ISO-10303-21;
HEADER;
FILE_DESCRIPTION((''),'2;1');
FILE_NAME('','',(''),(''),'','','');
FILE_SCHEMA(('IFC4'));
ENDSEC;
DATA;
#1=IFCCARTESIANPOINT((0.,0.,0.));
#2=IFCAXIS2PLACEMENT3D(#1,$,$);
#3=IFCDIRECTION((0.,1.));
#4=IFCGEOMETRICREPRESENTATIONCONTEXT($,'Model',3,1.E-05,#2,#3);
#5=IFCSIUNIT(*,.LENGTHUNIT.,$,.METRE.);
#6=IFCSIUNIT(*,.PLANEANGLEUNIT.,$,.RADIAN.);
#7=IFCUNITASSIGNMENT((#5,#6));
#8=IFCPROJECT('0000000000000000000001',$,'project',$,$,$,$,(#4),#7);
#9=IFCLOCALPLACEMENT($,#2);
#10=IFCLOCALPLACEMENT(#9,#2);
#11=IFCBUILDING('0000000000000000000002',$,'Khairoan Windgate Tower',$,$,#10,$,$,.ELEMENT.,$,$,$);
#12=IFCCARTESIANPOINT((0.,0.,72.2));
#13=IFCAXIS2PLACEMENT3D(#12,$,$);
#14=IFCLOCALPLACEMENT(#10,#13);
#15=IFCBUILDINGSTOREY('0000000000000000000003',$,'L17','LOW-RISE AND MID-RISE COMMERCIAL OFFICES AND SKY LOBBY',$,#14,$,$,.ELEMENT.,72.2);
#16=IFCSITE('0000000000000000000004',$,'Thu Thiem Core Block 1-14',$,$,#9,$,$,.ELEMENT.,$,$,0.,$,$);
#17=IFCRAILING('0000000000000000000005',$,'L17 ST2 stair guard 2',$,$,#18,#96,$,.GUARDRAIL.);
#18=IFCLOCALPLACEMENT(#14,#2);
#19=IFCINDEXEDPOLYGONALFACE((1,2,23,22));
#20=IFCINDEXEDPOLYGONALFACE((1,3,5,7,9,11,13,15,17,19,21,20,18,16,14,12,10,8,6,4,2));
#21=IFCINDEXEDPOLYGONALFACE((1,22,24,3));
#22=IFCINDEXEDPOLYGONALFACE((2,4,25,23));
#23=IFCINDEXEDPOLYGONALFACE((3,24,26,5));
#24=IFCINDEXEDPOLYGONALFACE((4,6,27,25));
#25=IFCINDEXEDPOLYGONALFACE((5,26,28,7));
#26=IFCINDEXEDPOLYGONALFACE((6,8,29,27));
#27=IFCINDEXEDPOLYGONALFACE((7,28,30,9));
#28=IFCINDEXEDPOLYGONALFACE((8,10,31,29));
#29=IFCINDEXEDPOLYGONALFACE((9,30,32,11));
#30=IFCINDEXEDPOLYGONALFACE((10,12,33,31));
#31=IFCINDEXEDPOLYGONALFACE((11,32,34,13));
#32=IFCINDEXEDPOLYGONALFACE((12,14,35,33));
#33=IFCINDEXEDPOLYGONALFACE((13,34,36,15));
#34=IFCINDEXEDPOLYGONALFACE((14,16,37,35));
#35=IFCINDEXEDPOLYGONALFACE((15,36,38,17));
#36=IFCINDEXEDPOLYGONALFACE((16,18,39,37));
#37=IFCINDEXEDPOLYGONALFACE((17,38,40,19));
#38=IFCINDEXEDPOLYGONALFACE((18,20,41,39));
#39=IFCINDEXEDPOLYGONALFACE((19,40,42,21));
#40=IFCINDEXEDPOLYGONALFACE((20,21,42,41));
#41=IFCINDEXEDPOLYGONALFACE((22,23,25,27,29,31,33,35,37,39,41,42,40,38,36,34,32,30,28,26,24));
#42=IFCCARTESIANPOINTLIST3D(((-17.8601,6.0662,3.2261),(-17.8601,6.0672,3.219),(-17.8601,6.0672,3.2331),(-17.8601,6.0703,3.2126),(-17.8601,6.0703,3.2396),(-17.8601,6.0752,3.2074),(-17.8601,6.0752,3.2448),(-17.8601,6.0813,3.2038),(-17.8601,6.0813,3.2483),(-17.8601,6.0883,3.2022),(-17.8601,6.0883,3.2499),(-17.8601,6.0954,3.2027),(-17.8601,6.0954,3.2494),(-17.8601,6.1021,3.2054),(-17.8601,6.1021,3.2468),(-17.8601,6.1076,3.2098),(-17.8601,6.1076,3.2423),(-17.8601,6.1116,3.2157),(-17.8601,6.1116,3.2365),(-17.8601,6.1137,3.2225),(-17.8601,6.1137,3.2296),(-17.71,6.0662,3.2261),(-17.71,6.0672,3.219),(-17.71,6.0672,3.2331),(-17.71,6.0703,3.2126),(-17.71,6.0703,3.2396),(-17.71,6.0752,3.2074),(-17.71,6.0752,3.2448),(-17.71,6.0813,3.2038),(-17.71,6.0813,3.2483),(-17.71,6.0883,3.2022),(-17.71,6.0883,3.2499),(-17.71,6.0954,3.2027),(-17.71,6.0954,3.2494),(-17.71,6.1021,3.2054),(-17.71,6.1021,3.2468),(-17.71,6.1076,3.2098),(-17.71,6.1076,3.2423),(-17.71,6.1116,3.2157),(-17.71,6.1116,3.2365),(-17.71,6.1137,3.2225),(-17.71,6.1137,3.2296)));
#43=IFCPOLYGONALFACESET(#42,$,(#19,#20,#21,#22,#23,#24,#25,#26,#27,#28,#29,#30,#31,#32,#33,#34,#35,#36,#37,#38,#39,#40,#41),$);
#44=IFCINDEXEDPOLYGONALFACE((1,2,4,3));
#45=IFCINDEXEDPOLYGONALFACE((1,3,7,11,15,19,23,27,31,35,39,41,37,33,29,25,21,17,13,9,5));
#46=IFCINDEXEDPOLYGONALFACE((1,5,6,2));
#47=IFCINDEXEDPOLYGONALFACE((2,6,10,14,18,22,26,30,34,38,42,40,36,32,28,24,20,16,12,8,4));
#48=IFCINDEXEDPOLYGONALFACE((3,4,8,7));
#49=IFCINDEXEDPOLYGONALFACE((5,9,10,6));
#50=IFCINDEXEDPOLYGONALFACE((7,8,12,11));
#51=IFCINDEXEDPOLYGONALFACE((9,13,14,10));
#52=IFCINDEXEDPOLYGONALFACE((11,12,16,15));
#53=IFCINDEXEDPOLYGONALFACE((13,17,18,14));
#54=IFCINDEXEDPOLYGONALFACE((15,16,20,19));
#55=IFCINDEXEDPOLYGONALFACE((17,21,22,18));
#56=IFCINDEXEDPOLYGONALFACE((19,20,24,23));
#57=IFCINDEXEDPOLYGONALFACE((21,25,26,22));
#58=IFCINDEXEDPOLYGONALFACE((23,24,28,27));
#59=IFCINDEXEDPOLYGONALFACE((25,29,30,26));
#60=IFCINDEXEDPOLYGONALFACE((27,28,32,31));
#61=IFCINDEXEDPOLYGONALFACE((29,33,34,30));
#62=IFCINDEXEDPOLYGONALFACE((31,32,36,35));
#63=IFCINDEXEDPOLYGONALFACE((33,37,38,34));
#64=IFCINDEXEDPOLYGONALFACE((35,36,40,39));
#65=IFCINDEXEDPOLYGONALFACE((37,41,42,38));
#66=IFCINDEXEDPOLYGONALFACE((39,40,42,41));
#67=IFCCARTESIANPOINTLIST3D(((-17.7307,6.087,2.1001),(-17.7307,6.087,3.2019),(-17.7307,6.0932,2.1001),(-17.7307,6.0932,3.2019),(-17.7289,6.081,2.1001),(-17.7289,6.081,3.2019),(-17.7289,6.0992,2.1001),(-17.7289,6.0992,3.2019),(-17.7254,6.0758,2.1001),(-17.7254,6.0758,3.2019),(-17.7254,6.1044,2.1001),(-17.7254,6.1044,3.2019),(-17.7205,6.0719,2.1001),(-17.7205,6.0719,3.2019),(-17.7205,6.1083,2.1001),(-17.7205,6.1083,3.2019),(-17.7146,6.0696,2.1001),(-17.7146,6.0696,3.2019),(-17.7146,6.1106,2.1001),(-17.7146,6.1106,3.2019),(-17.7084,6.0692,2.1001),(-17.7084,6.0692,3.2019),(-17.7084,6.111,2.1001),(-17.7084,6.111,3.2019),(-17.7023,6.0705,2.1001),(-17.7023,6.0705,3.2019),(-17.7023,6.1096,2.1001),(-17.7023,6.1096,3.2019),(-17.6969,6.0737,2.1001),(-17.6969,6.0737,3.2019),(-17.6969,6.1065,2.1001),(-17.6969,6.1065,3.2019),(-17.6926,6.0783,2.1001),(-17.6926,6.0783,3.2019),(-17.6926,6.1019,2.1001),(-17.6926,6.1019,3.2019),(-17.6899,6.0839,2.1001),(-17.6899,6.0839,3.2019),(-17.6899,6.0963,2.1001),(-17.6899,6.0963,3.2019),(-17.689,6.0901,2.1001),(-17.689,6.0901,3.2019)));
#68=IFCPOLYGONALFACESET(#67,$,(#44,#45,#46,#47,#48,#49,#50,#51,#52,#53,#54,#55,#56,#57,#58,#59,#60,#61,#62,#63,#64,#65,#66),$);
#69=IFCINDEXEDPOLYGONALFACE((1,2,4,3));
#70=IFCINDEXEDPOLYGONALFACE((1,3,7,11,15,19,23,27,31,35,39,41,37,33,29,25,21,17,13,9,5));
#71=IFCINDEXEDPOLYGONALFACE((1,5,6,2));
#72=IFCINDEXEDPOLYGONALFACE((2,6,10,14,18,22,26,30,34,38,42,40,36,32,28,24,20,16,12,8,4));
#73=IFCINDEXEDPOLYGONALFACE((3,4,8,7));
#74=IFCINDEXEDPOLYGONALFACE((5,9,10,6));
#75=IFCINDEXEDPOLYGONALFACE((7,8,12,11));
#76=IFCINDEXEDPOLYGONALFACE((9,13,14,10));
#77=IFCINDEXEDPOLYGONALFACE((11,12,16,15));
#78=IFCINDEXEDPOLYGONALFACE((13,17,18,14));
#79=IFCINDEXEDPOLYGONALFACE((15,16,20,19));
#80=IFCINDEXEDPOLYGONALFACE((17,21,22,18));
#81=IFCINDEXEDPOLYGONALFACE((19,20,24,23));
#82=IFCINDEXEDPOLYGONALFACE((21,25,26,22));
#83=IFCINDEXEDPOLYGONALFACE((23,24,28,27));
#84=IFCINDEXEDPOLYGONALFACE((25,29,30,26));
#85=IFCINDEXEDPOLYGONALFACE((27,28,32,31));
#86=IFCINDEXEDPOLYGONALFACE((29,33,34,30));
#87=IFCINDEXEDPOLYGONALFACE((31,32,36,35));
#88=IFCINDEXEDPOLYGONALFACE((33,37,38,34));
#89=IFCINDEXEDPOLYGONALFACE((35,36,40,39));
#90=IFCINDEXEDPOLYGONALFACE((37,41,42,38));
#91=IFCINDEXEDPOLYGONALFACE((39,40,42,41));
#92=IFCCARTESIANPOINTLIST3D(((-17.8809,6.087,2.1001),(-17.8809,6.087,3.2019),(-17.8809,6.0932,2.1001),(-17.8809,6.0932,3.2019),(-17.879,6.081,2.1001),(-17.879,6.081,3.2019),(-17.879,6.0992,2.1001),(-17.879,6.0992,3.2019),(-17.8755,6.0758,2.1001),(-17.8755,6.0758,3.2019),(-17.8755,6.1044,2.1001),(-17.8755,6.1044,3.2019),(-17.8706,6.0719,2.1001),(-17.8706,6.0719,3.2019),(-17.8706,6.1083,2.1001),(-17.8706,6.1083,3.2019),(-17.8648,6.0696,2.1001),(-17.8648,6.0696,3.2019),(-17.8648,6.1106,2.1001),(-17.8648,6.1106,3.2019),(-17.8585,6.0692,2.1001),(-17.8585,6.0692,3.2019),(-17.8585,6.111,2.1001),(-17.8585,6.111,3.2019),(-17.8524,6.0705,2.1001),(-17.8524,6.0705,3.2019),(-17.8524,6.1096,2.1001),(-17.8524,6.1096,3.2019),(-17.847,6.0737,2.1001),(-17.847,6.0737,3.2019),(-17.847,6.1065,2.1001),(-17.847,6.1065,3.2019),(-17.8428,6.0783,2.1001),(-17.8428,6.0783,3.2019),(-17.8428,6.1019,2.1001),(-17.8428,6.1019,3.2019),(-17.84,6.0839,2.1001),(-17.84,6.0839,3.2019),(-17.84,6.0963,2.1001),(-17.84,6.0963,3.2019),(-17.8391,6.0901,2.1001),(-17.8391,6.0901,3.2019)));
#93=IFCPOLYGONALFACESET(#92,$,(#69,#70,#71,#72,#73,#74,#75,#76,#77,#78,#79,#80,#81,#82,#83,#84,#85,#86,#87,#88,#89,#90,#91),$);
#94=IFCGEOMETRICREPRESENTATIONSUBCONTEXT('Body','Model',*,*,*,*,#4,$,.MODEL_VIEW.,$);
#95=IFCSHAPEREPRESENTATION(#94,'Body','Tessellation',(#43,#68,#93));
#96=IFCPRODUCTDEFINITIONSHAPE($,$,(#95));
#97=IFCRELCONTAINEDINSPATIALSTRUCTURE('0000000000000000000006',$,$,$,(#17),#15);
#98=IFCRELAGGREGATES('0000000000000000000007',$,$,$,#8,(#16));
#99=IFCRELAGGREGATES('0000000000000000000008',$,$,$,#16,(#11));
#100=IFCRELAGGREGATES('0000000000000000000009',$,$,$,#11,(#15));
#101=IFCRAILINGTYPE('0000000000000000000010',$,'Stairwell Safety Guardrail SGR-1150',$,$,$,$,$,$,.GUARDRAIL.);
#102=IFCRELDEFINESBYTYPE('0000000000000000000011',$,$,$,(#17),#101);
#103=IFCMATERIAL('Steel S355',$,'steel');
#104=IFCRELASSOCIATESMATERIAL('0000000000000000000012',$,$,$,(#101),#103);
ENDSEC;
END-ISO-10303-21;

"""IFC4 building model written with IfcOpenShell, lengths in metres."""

from ifc_helpers import new_model, si_unit, direction, frame, origin, origin_2d, place, context, subcontext, project, spatial, circle, extrude, material, type_object, element, save


model = new_model("IFC4")

# Units and contexts
model_context = context("Model", 3, precision=1e-05, world=origin(), true_north=direction((0.0, 1.0)))
body_context = subcontext(model_context, "Body", "Model", "MODEL_VIEW")
ifc_project = project(units=[si_unit("LENGTHUNIT", "METRE"), si_unit("PLANEANGLEUNIT", "RADIAN")], contexts=[model_context])

# Site, building, storey
site_placement = place(None, origin())
site = spatial("IfcSite", under=ifc_project, at=site_placement, Name="Thu Thiem Core Block 1-14", CompositionType="ELEMENT", RefElevation=0.0)
building_placement = place(site_placement, origin())
building = spatial("IfcBuilding", under=site, at=building_placement, Name="Khairoan Windgate Tower", CompositionType="ELEMENT")
storey_placement = place(building_placement, frame((0.0, 0.0, 72.2)))
storey = spatial("IfcBuildingStorey", under=building, at=storey_placement, Name="L17", Description="LOW-RISE AND MID-RISE COMMERCIAL OFFICES AND SKY LOBBY", CompositionType="ELEMENT", Elevation=72.2)

# Railing
ifc_material_1 = material(Name="Steel S355", Category="steel")
railing_type_1 = type_object("IfcRailingType", Name="Stairwell Safety Guardrail SGR-1150", PredefinedType="GUARDRAIL", material=ifc_material_1)
railing_1_placement = place(storey_placement, frame((-17.71, 6.0901, 2.1001)))
element("IfcRailing", 1, at=railing_1_placement, inside=storey, type_object=railing_type_1, Name="L17 ST2 stair guard 2", PredefinedType="GUARDRAIL", context=body_context, shape_type="SweptSolid", body=[
    extrude(circle(Radius=0.0239, at=origin_2d()), frame((0.0, 0.0, 1.126), z_axis=(-1.0, 0.0, 0.0), x_axis=(0.0, -1.0, 0.0)), (0.0, 0.0, 1.0), 0.1501),
    extrude(circle(Radius=0.021, at=origin_2d()), origin(), (0.0, 0.0, 1.0), 1.1018),
    extrude(circle(Radius=0.021, at=origin_2d()), frame((-0.1501, 0.0, 0.0)), (0.0, 0.0, 1.0), 1.1018),
])

save(model, "model.ifc")
